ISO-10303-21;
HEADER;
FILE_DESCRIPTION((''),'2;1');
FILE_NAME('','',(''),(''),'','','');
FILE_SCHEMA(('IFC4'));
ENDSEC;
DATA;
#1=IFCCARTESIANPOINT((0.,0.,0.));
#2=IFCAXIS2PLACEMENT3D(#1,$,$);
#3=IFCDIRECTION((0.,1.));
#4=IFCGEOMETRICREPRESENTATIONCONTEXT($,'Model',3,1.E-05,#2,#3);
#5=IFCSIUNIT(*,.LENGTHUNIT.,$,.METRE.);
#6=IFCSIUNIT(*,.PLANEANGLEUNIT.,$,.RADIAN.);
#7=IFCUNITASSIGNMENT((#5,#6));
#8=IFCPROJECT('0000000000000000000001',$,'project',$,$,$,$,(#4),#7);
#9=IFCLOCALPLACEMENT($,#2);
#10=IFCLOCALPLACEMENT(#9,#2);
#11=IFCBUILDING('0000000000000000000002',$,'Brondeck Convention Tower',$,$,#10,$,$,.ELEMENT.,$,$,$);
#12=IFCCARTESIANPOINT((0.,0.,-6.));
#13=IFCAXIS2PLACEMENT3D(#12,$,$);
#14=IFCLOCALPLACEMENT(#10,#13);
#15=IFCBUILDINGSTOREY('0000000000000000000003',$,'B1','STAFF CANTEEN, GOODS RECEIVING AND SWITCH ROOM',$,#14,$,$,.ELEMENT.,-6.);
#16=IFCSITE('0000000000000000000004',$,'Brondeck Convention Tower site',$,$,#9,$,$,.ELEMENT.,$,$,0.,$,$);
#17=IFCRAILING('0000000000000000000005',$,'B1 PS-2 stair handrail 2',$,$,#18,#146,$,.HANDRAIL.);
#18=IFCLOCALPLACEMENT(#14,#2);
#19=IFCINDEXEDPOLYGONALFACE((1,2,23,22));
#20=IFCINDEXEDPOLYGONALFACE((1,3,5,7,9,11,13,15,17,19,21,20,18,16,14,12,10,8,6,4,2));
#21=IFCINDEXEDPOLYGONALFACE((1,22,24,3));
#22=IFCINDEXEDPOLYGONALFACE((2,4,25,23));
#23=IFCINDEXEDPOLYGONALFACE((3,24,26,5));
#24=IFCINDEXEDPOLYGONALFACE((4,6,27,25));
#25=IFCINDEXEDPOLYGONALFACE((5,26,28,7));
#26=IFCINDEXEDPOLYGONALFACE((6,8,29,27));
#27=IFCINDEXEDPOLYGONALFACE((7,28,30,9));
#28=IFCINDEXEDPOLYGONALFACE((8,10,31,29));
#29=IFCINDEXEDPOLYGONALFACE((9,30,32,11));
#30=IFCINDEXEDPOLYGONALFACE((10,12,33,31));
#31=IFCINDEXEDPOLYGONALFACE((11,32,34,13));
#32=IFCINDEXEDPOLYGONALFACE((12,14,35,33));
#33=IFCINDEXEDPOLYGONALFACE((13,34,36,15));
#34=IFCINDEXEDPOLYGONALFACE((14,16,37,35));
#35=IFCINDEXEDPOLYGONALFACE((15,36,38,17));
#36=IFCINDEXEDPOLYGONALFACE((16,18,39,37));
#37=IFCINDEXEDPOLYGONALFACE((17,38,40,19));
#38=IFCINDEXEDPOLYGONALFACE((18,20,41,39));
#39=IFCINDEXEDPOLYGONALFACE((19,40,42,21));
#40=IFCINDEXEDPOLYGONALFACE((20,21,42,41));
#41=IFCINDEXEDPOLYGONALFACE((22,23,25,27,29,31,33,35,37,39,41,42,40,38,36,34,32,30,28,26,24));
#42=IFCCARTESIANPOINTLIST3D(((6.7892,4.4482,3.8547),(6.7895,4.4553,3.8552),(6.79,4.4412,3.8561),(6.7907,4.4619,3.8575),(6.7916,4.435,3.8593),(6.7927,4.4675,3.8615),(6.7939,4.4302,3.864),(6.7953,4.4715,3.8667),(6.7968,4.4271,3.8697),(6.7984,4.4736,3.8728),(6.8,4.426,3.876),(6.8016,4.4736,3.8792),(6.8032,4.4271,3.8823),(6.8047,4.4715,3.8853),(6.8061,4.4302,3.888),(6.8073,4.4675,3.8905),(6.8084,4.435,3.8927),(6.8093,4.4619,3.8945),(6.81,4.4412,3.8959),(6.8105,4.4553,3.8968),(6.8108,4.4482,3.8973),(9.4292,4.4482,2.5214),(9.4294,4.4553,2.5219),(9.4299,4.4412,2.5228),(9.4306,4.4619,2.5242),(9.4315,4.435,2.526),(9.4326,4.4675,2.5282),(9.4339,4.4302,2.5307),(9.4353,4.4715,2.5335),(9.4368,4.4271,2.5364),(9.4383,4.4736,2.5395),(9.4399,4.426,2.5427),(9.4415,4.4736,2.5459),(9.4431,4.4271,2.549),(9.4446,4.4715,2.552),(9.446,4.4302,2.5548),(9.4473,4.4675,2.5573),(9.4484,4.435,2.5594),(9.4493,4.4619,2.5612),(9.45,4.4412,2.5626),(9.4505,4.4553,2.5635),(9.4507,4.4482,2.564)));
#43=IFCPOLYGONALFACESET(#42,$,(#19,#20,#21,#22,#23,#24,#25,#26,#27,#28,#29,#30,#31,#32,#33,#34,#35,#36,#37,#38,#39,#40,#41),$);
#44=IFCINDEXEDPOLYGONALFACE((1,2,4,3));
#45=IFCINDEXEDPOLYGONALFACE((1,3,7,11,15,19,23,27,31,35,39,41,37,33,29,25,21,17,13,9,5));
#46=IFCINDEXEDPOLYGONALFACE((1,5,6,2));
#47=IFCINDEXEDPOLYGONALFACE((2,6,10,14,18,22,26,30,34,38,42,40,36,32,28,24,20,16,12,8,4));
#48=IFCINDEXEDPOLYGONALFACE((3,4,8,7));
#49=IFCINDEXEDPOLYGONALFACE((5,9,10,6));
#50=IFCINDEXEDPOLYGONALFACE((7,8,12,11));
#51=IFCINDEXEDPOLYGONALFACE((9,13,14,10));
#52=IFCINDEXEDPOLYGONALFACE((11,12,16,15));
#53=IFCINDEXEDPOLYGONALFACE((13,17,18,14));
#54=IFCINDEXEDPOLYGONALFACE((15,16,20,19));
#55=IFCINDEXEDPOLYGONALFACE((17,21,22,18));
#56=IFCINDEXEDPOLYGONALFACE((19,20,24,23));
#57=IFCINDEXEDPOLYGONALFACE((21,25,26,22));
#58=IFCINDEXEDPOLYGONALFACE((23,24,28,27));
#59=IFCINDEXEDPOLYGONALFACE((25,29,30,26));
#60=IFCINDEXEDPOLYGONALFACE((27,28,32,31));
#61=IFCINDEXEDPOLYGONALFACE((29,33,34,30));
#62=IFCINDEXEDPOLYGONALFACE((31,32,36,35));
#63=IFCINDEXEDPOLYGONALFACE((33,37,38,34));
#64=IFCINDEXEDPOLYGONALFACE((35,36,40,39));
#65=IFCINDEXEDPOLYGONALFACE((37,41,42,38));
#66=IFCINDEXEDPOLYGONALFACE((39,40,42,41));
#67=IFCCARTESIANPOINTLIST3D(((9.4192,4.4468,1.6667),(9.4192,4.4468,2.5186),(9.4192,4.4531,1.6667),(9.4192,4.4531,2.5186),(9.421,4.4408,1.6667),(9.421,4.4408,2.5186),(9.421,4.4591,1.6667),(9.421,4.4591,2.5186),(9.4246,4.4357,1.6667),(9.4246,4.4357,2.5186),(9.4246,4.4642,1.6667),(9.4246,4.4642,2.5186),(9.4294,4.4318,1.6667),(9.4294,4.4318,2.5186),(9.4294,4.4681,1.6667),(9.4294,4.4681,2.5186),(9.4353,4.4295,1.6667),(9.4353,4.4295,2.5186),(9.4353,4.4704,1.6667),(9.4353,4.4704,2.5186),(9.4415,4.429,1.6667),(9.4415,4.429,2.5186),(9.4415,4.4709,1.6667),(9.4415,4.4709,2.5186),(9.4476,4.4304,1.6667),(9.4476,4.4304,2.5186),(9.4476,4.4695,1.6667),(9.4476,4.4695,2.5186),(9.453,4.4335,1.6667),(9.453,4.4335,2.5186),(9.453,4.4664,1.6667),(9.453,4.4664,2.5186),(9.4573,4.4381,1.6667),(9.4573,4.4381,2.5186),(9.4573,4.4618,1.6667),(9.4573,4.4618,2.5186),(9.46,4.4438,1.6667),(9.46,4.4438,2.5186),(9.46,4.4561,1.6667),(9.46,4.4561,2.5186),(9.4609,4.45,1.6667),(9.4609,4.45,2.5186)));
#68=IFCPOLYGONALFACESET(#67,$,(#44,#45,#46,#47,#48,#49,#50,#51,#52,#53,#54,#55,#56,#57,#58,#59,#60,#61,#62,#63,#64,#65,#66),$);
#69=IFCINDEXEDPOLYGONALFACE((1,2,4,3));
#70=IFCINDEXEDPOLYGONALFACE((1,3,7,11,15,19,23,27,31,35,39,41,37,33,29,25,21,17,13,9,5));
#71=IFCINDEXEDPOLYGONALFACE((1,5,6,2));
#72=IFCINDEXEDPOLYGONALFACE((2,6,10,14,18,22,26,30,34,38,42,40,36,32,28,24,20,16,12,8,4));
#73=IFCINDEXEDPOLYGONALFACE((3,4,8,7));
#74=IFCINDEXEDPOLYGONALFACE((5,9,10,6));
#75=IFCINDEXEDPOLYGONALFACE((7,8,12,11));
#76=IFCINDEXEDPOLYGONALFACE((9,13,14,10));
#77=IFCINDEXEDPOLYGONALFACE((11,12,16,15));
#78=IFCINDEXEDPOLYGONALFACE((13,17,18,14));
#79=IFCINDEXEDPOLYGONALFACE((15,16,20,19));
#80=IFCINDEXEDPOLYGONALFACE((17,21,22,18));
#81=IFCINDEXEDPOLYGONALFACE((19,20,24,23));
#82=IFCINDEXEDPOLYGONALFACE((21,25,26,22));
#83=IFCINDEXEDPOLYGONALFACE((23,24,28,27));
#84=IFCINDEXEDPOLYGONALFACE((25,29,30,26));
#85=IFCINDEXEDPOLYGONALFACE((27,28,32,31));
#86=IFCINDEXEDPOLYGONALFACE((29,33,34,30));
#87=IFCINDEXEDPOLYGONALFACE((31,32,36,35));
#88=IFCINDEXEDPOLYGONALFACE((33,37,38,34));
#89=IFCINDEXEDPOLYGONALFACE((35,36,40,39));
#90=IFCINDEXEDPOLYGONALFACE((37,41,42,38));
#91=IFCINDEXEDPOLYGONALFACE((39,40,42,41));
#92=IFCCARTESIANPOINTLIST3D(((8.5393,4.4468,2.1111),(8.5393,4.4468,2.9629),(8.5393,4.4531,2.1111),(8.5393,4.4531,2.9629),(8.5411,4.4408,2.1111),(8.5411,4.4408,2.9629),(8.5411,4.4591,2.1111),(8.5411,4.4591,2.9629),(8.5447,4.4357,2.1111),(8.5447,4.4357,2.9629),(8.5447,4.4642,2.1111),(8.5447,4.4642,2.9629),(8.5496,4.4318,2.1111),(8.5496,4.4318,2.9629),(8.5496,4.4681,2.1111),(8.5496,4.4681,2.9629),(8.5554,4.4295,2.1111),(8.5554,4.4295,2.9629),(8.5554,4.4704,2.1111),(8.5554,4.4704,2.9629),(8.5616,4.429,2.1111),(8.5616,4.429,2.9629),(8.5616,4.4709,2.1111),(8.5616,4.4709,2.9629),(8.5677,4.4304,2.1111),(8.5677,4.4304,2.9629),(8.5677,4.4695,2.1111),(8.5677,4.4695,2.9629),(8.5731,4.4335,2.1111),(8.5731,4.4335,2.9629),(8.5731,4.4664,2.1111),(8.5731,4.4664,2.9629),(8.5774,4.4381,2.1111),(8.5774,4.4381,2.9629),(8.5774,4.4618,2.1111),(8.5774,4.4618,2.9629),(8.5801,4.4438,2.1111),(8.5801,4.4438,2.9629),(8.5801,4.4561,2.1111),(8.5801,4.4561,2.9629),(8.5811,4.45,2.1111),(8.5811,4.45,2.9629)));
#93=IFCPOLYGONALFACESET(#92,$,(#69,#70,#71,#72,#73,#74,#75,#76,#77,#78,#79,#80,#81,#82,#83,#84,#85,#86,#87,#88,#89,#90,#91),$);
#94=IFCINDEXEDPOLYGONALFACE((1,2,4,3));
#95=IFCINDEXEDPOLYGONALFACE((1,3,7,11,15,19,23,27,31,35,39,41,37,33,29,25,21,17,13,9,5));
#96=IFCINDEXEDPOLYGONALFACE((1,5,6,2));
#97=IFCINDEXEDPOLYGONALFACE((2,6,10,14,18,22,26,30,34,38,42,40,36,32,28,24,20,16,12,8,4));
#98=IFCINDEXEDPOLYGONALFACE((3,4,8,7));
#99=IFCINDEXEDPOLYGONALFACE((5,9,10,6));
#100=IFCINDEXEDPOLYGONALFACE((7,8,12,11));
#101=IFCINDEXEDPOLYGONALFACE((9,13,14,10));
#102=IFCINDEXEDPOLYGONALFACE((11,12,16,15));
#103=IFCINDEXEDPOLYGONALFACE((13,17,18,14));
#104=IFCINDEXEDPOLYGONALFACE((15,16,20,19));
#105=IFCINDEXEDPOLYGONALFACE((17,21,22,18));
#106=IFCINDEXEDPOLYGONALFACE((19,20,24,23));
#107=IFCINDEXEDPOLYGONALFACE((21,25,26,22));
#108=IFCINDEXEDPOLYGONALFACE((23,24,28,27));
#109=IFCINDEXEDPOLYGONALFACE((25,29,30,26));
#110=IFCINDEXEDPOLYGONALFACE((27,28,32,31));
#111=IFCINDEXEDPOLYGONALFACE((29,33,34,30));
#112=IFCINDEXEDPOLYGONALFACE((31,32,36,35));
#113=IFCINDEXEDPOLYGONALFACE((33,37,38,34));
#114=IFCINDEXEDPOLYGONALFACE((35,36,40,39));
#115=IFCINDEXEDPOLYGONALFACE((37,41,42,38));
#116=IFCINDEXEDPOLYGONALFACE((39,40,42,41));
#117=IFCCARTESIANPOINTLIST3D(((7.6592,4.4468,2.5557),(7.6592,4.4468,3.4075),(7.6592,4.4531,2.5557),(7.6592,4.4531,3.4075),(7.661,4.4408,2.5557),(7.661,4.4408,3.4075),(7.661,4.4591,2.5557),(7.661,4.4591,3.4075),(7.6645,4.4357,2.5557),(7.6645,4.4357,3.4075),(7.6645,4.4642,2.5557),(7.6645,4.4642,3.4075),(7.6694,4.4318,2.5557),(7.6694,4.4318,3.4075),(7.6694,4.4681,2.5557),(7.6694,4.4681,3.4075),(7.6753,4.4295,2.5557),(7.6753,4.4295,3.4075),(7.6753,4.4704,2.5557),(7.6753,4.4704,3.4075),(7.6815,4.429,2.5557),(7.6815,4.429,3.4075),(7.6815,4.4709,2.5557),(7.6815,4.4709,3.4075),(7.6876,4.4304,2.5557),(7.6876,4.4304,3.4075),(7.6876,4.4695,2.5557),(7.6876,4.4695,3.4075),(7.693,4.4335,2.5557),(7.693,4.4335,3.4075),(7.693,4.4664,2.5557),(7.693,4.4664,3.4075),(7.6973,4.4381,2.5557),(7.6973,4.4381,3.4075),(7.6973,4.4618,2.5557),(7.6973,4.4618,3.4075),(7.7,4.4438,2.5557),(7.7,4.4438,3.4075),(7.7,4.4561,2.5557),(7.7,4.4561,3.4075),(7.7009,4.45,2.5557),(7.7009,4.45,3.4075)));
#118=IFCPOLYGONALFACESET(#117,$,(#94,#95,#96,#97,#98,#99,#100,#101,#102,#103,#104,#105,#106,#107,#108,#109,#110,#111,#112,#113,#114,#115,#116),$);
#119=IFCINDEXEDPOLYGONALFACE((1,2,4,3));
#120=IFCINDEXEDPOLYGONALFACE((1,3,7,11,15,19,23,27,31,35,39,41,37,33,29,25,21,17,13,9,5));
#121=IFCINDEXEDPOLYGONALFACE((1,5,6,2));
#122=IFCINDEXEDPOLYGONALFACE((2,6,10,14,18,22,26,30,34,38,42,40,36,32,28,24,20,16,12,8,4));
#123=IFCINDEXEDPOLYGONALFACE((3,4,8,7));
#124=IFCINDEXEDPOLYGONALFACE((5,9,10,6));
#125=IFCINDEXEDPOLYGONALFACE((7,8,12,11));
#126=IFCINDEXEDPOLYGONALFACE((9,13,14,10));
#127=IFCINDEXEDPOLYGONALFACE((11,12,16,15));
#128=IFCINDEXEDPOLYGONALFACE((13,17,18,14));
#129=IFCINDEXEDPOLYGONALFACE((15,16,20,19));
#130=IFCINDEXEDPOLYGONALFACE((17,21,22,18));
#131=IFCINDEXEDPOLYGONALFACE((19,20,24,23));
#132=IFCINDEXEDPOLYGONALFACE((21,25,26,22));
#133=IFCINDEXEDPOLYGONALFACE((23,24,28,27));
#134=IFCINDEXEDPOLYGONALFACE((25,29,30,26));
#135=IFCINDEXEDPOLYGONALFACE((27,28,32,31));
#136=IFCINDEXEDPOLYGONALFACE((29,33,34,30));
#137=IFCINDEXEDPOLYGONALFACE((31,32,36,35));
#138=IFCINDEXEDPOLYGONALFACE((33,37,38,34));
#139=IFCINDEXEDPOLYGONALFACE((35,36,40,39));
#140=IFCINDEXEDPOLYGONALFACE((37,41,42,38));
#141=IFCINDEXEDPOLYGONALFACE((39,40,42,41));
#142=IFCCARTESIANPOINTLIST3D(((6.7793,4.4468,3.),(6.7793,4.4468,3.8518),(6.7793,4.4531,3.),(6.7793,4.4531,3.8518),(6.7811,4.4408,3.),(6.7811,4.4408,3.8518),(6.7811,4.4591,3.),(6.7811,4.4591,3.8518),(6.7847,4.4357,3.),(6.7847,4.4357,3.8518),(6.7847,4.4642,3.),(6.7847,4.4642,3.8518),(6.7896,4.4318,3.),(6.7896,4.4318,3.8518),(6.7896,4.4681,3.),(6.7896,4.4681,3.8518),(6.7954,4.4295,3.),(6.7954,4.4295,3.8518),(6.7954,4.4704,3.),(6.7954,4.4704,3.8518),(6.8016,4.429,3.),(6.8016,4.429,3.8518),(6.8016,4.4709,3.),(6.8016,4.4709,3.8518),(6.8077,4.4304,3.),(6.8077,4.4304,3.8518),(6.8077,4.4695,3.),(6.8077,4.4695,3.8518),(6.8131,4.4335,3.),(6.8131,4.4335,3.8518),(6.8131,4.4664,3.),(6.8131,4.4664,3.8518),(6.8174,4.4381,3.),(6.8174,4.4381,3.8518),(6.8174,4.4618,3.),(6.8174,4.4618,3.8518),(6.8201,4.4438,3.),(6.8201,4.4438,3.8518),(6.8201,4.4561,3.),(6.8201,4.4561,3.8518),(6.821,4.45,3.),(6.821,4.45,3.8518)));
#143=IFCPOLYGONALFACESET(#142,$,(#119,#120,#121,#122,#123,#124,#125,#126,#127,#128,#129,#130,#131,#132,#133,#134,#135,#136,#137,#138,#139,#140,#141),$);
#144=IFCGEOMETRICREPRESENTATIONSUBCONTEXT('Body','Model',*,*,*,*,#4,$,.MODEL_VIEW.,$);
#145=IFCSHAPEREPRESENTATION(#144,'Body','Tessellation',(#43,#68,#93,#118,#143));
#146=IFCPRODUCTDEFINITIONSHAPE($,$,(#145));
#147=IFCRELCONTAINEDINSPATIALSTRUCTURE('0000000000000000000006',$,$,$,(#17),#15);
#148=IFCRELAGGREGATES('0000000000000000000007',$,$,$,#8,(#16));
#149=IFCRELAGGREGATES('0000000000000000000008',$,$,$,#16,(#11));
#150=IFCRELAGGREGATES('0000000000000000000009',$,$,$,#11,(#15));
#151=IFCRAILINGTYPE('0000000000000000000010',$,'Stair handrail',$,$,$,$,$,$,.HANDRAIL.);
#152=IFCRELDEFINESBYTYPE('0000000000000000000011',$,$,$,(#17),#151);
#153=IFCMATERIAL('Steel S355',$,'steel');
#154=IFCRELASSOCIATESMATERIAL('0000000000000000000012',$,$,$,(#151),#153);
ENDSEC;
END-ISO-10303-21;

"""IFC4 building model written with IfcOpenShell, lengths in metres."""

from ifc_helpers import new_model, si_unit, direction, frame, origin, origin_2d, place, context, subcontext, project, spatial, circle, extrude, material, type_object, element, save


model = new_model("IFC4")

# Units and contexts
model_context = context("Model", 3, precision=1e-05, world=origin(), true_north=direction((0.0, 1.0)))
body_context = subcontext(model_context, "Body", "Model", "MODEL_VIEW")
ifc_project = project(units=[si_unit("LENGTHUNIT", "METRE"), si_unit("PLANEANGLEUNIT", "RADIAN")], contexts=[model_context])

# Site, building, storey
site_placement = place(None, origin())
site = spatial("IfcSite", under=ifc_project, at=site_placement, Name="Brondeck Convention Tower site", CompositionType="ELEMENT", RefElevation=0.0)
building_placement = place(site_placement, origin())
building = spatial("IfcBuilding", under=site, at=building_placement, Name="Brondeck Convention Tower", CompositionType="ELEMENT")
storey_placement = place(building_placement, frame((0.0, 0.0, -6.0)))
storey = spatial("IfcBuildingStorey", under=building, at=storey_placement, Name="B1", Description="STAFF CANTEEN, GOODS RECEIVING AND SWITCH ROOM", CompositionType="ELEMENT", Elevation=-6.0)

# Railing
ifc_material_1 = material(Name="Steel S355", Category="steel")
railing_type = type_object("IfcRailingType", Name="Stair handrail", PredefinedType="HANDRAIL", material=ifc_material_1)
for number, where, name in (
    (1, (9.4399, 4.45, 1.6667), "B1 PS-2 stair handrail 2"),
):
    element("IfcRailing", number, at=place(storey_placement, frame(where)), inside=storey, type_object=railing_type, Name=name, PredefinedType="HANDRAIL", context=body_context, shape_type="SweptSolid", body=[
        extrude(circle(Radius=0.0239, at=origin_2d()), frame((0.0, 0.0, 0.876), z_axis=(-0.89262, 0.0, 0.450809), x_axis=(0.0, -1.0, 0.0)), (0.0, 0.0, 1.0), 2.9575),
        extrude(circle(Radius=0.021, at=origin_2d()), origin(), (0.0, 0.0, 1.0), 0.8518),
        extrude(circle(Radius=0.021, at=origin_2d()), frame((-0.8799, 0.0, 0.4443)), (0.0, 0.0, 1.0), 0.8518),
        extrude(circle(Radius=0.021, at=origin_2d()), frame((-1.76, 0.0, 0.8889)), (0.0, 0.0, 1.0), 0.8518),
        extrude(circle(Radius=0.021, at=origin_2d()), frame((-2.6399, 0.0, 1.3333)), (0.0, 0.0, 1.0), 0.8518),
    ])

save(model, "model.ifc")
